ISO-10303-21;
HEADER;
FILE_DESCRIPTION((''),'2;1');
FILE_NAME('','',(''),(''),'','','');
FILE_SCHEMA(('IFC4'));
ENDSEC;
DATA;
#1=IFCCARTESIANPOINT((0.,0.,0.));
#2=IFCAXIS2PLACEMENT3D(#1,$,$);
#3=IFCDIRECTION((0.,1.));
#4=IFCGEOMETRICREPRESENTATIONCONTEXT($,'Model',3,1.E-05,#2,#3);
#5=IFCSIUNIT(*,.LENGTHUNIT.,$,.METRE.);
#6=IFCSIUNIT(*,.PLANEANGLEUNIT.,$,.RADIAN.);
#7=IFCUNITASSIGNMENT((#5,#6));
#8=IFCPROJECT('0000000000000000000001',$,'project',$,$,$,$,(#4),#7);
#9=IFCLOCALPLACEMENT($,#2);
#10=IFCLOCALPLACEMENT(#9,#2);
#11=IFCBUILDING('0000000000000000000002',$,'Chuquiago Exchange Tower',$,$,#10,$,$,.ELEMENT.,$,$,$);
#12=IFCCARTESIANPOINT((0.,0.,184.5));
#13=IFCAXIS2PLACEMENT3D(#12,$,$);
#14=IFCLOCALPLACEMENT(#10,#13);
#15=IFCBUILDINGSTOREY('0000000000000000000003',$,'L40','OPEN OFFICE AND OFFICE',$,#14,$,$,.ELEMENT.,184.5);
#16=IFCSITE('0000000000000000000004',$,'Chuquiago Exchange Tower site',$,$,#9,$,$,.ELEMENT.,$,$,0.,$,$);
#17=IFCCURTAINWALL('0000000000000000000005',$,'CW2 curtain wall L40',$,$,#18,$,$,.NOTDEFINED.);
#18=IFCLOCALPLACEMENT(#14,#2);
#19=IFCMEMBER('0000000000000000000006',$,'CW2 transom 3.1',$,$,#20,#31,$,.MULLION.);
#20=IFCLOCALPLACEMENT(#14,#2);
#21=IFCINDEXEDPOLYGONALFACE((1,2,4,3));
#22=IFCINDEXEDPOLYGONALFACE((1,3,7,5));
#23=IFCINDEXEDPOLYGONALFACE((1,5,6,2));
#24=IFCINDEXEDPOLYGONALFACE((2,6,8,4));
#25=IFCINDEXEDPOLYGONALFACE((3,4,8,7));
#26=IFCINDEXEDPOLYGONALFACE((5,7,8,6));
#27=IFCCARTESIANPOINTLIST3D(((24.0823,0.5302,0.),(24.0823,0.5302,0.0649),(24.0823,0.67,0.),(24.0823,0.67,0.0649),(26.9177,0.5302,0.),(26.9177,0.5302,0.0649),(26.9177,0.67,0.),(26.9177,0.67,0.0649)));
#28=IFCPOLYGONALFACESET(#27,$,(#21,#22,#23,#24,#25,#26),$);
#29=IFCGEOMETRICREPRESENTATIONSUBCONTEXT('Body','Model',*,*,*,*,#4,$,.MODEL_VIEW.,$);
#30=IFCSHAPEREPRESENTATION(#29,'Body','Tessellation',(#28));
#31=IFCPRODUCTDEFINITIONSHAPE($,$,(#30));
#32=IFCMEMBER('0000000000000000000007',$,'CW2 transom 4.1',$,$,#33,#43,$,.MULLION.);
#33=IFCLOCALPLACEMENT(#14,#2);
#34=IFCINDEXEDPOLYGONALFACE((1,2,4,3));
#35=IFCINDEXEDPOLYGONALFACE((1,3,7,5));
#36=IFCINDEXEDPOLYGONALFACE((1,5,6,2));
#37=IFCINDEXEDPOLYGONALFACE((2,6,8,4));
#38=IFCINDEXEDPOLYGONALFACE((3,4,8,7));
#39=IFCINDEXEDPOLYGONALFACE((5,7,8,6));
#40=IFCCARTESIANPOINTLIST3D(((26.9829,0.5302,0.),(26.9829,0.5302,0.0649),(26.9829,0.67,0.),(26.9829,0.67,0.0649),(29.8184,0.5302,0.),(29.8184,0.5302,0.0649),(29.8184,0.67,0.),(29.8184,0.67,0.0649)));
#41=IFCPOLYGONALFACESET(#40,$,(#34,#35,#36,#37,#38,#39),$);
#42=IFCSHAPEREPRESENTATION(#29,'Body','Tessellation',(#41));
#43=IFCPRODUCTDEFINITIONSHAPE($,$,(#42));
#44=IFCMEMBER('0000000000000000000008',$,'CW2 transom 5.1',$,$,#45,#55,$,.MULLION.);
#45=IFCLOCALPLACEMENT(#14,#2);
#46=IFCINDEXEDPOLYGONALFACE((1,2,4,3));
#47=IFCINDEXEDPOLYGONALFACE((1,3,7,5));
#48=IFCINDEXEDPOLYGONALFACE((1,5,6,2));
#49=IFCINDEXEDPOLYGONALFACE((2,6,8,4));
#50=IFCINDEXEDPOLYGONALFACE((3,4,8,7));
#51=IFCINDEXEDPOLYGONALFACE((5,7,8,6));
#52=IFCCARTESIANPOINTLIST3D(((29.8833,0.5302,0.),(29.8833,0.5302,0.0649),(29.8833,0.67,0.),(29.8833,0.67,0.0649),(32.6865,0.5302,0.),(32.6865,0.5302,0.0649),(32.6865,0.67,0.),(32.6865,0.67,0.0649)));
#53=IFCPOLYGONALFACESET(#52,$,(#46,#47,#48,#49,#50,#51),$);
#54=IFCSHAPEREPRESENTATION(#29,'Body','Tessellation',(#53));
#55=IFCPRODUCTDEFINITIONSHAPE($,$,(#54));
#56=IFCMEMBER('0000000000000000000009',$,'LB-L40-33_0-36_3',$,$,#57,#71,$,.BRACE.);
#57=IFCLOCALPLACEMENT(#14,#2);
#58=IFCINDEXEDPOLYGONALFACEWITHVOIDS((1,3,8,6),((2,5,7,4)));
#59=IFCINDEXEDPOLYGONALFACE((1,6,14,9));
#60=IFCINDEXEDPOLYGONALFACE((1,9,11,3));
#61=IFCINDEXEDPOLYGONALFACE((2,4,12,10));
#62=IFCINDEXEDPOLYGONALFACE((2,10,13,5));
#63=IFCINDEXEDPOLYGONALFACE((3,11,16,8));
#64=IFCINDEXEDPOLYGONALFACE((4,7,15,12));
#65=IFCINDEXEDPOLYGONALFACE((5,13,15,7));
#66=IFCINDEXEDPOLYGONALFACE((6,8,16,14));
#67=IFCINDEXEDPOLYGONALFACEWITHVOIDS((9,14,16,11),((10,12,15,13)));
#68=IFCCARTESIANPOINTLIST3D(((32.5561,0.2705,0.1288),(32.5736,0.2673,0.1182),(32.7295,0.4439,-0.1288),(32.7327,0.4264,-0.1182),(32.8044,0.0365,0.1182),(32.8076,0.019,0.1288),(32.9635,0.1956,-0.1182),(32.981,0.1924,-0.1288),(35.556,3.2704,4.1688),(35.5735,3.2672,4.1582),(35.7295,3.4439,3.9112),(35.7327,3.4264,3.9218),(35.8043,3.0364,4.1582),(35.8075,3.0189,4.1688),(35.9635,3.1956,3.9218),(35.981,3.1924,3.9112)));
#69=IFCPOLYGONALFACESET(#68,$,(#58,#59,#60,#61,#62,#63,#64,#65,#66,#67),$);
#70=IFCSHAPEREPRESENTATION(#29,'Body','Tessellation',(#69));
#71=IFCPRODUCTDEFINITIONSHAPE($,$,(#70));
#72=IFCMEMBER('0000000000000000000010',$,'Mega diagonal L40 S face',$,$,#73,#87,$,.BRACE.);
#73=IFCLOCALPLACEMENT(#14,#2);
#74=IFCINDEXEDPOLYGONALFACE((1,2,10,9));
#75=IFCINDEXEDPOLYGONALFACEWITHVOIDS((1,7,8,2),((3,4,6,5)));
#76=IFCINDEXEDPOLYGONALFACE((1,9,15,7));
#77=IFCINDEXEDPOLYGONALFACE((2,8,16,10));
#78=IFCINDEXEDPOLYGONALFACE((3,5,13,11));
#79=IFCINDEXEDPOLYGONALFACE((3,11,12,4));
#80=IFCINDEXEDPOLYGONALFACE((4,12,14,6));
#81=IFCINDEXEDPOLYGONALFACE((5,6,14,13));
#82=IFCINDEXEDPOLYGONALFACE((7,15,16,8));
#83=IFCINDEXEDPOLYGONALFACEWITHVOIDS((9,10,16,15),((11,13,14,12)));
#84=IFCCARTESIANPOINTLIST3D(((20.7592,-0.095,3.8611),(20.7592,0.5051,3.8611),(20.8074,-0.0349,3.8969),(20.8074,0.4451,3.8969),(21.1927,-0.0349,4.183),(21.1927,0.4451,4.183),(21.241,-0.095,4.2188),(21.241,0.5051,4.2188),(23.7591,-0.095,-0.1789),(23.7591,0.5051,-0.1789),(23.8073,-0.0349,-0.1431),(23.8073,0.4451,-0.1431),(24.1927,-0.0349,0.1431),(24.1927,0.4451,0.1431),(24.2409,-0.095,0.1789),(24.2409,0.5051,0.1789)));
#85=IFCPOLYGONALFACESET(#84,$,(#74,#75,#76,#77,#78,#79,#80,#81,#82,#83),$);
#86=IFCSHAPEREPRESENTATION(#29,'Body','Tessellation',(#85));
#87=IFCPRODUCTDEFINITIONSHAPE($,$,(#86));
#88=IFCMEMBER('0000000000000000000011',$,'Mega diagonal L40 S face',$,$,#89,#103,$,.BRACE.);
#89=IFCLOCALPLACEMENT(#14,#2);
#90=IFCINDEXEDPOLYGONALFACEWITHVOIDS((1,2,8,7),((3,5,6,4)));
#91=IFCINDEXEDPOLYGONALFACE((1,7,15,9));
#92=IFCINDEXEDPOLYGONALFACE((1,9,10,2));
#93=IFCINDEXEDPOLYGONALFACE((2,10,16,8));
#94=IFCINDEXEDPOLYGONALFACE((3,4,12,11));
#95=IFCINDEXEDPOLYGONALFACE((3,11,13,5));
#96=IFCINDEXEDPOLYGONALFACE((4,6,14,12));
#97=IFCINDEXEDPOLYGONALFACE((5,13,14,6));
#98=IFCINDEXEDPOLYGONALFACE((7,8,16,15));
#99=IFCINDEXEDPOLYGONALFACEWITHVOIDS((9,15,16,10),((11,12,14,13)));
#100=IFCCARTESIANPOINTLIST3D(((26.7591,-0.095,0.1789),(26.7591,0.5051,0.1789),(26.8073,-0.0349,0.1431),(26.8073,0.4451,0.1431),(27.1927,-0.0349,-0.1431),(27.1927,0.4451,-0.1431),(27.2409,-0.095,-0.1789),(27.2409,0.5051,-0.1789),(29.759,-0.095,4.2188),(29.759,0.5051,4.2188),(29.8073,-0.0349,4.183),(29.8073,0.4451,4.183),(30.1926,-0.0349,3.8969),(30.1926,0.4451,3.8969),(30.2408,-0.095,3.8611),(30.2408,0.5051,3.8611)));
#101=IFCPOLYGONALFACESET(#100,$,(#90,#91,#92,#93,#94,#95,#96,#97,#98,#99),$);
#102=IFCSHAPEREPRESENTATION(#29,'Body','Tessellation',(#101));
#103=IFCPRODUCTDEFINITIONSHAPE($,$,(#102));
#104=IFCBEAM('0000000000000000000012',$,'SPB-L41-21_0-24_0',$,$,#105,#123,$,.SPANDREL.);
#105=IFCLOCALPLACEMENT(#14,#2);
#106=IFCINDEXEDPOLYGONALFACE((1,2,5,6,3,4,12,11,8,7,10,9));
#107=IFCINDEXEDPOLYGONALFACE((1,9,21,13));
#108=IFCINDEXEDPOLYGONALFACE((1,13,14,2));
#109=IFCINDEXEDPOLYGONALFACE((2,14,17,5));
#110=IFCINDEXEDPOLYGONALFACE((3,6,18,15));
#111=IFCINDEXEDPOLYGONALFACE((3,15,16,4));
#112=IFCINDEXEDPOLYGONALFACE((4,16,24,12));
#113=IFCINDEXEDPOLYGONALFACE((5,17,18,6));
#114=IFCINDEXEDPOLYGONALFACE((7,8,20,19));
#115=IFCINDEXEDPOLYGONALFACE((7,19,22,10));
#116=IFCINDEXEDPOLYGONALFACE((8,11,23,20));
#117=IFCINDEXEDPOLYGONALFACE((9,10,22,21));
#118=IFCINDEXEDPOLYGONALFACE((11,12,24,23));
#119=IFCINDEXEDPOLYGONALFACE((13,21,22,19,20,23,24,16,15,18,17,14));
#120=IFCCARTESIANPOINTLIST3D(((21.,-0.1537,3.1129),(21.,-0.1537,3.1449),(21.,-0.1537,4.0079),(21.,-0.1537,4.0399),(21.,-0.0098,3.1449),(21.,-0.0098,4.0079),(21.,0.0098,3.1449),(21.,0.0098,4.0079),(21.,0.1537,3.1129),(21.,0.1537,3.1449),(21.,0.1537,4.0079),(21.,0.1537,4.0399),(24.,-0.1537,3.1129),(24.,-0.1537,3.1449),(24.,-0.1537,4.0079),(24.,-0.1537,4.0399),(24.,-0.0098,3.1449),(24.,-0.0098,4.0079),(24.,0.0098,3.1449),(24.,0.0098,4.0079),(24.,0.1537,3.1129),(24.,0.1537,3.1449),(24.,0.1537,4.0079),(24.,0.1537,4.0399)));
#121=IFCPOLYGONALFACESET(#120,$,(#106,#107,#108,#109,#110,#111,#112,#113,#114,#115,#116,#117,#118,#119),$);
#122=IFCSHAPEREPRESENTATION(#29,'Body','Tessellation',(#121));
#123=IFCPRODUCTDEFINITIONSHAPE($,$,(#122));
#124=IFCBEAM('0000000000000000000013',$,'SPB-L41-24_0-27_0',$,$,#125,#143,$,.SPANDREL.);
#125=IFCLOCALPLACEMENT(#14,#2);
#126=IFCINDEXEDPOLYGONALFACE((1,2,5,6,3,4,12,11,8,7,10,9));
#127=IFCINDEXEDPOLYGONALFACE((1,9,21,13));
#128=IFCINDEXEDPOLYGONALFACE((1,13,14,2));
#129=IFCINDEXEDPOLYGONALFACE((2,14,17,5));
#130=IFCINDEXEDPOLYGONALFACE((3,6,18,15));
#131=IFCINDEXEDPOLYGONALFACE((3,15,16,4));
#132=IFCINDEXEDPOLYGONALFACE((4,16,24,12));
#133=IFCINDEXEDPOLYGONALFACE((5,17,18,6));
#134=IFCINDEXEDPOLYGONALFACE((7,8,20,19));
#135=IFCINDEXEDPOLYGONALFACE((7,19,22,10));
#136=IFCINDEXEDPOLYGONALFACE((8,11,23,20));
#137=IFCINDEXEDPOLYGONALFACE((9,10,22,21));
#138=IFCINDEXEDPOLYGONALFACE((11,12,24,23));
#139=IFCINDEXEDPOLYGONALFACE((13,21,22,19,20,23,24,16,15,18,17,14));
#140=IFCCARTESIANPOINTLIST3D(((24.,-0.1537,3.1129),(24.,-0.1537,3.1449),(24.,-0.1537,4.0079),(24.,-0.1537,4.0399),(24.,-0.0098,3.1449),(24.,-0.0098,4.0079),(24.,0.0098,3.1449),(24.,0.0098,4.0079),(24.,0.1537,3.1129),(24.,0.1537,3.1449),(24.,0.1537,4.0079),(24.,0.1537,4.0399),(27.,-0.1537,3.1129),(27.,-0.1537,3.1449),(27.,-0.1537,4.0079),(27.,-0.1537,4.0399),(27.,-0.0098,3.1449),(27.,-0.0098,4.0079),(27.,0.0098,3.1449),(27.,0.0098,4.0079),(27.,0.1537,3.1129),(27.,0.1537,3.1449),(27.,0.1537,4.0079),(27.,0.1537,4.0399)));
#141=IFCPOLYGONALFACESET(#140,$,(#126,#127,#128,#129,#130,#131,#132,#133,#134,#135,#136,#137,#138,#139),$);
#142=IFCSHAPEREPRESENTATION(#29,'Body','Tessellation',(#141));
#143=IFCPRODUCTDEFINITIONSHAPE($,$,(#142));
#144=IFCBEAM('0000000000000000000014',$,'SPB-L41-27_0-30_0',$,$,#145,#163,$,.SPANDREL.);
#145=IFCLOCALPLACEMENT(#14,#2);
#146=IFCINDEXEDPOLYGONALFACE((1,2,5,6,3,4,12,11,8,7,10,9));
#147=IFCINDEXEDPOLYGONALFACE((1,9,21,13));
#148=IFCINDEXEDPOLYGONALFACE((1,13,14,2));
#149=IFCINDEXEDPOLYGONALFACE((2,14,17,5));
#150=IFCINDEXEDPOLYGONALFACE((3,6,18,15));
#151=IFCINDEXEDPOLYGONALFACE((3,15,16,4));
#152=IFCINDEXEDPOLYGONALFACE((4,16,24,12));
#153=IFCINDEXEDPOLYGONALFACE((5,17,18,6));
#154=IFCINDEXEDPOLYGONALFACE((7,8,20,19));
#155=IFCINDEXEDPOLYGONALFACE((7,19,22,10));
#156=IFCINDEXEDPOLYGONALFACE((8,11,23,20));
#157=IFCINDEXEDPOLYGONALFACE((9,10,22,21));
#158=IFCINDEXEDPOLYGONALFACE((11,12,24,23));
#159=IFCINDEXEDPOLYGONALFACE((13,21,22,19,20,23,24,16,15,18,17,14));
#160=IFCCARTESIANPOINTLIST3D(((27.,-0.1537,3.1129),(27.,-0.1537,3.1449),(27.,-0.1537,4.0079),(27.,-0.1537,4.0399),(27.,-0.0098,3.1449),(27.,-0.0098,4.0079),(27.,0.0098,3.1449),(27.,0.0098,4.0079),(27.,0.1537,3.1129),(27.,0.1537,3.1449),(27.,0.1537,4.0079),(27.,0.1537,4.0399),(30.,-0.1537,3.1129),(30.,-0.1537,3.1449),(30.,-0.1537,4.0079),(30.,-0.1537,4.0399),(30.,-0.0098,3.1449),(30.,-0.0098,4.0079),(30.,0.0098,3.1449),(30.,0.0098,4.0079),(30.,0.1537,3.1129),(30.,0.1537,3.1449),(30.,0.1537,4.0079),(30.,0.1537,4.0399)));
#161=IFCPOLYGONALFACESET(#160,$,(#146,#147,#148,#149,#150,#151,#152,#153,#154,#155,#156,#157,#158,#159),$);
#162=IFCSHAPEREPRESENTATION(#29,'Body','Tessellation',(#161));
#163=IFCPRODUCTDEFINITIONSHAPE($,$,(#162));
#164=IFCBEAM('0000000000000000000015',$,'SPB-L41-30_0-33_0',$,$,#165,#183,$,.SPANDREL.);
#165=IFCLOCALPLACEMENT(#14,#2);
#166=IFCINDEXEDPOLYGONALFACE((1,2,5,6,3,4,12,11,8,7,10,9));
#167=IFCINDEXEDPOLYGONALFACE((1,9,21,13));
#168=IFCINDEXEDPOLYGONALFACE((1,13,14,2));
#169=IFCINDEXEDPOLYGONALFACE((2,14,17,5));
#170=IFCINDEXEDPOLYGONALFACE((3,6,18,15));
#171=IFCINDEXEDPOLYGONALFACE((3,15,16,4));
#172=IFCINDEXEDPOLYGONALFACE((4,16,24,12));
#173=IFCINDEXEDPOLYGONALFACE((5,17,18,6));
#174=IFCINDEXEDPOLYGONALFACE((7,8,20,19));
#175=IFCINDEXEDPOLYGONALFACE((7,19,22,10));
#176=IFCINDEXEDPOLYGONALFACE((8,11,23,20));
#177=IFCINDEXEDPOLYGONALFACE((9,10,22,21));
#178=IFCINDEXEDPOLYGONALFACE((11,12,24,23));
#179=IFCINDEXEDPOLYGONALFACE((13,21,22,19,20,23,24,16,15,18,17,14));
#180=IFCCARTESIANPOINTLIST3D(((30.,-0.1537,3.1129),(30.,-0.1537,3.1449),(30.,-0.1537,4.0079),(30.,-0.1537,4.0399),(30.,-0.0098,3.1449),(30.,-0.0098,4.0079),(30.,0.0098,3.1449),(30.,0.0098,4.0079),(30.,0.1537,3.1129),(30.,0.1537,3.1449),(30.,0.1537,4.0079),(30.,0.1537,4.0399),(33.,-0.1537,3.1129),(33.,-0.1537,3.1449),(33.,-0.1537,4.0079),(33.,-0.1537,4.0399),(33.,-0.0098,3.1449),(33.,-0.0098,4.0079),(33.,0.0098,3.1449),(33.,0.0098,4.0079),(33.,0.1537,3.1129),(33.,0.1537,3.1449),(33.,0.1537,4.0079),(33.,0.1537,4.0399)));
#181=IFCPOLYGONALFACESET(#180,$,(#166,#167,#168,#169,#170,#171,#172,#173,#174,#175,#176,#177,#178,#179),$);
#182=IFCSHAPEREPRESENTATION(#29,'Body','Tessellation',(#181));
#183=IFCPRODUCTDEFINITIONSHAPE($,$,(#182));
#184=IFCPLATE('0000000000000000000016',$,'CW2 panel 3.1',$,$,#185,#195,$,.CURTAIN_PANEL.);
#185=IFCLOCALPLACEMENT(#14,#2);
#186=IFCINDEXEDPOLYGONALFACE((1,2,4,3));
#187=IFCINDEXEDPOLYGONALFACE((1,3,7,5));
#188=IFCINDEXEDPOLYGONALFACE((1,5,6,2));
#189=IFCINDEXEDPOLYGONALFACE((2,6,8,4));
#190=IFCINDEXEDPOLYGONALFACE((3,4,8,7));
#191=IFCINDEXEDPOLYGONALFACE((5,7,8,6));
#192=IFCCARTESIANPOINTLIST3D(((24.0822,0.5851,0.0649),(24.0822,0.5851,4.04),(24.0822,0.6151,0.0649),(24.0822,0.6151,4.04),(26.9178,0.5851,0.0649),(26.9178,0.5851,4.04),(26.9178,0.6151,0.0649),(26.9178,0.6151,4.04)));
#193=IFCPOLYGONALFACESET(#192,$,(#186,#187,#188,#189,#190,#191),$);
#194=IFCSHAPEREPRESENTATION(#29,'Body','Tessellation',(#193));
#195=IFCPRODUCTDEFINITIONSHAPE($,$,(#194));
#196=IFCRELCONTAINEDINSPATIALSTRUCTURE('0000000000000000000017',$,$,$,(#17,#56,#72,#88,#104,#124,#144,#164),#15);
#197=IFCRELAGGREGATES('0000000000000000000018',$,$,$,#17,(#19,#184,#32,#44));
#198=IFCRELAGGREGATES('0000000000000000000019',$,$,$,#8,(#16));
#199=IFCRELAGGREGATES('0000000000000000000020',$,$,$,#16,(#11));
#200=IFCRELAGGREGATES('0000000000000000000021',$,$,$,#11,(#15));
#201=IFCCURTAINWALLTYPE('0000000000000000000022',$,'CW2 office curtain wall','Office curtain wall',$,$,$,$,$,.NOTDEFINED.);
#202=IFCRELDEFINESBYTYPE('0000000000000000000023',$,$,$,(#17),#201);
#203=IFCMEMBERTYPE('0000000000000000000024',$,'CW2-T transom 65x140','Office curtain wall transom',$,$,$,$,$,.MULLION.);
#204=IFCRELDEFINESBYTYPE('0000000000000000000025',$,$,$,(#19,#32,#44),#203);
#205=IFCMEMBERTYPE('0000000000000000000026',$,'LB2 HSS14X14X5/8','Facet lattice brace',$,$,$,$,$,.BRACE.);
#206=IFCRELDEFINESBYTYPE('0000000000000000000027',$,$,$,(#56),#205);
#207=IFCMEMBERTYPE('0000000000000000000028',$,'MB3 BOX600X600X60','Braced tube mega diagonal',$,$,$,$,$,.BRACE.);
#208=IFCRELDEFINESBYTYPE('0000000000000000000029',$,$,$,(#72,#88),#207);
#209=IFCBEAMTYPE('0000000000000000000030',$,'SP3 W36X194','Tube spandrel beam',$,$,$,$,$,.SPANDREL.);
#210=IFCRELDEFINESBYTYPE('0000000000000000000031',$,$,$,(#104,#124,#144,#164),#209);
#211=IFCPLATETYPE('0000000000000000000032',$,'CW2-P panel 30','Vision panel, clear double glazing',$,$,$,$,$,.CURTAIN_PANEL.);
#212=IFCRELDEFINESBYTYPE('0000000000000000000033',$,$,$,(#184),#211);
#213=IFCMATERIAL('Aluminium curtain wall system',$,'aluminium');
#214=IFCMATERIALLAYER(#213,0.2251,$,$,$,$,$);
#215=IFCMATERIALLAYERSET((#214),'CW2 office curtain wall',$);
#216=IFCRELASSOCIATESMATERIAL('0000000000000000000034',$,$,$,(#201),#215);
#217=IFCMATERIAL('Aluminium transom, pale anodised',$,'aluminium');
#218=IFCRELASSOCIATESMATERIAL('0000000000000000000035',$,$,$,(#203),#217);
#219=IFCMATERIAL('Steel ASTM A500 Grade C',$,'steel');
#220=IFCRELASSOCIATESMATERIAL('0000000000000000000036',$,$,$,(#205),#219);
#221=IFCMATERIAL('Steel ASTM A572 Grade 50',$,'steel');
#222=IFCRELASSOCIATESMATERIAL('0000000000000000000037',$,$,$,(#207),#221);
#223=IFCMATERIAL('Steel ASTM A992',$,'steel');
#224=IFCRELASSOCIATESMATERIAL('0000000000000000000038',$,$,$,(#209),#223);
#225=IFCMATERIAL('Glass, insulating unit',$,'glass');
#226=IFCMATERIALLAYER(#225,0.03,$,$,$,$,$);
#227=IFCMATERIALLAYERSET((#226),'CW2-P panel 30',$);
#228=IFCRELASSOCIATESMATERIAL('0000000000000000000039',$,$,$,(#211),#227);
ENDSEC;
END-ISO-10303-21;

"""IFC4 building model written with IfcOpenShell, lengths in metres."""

from ifc_helpers import new_model, si_unit, direction, frame, origin, origin_2d, place, context, subcontext, project, spatial, rectangle, hollow_rectangle, i_section, extrude, material, layer, layer_set, material_profile, profile_set, type_object, element, aggregate, save


model = new_model("IFC4")

# Units and contexts
model_context = context("Model", 3, precision=1e-05, world=origin(), true_north=direction((0.0, 1.0)))
body_context = subcontext(model_context, "Body", "Model", "MODEL_VIEW")
ifc_project = project(units=[si_unit("LENGTHUNIT", "METRE"), si_unit("PLANEANGLEUNIT", "RADIAN")], contexts=[model_context])

# Site, building, storey
site_placement = place(None, origin())
site = spatial("IfcSite", under=ifc_project, at=site_placement, Name="Chuquiago Exchange Tower site", CompositionType="ELEMENT", RefElevation=0.0)
building_placement = place(site_placement, origin())
building = spatial("IfcBuilding", under=site, at=building_placement, Name="Chuquiago Exchange Tower", CompositionType="ELEMENT")
storey_placement = place(building_placement, frame((0.0, 0.0, 184.5)))
storey = spatial("IfcBuildingStorey", under=building, at=storey_placement, Name="L40", Description="OPEN OFFICE AND OFFICE", CompositionType="ELEMENT", Elevation=184.5)

# Curtain wall, members
ifc_material_1 = material(Name="Aluminium curtain wall system", Category="aluminium")
ifc_layer_1 = layer(ifc_material_1, 0.2251)
ifc_layer_set_1 = layer_set([ifc_layer_1], Name="CW2 office curtain wall")
curtain_wall_type = type_object("IfcCurtainWallType", Name="CW2 office curtain wall", Description="Office curtain wall", PredefinedType="NOTDEFINED", material=ifc_layer_set_1)
curtain_wall_placement = place(storey_placement, origin())
curtain_wall = element("IfcCurtainWall", 1, at=curtain_wall_placement, inside=storey, type_object=curtain_wall_type, Name="CW2 curtain wall L40", PredefinedType="NOTDEFINED")
ifc_material_2 = material(Name="Aluminium transom, pale anodised", Category="aluminium")
ifc_material_profile_1 = material_profile(ifc_material_2, rectangle(XDim=0.1399, YDim=0.0649, at=origin_2d()), Name="AL 140x65")
ifc_profile_set_1 = profile_set([ifc_material_profile_1], Name="Aluminium transom, pale anodised")
member_type_1 = type_object("IfcMemberType", Name="CW2-T transom 65x140", Description="Office curtain wall transom", PredefinedType="MULLION", material=ifc_profile_set_1)
member_1_placement = place(storey_placement, frame((24.0823, 0.6001, 0.0325), z_axis=(1.0, 0.0, 0.0), x_axis=(0.0, 1.0, 0.0)))
member_1 = element("IfcMember", 2, at=member_1_placement, type_object=member_type_1, Name="CW2 transom 3.1", PredefinedType="MULLION", context=body_context, shape_type="SweptSolid", body=[
    extrude(rectangle(XDim=0.1399, YDim=0.0649, at=origin_2d()), origin(), (0.0, 0.0, 1.0), 2.8354),
])
member_2_placement = place(storey_placement, frame((26.9829, 0.6001, 0.0325), z_axis=(1.0, 0.0, 0.0), x_axis=(0.0, 1.0, 0.0)))
member_2 = element("IfcMember", 3, at=member_2_placement, type_object=member_type_1, Name="CW2 transom 4.1", PredefinedType="MULLION", context=body_context, shape_type="SweptSolid", body=[
    extrude(rectangle(XDim=0.1399, YDim=0.0649, at=origin_2d()), origin(), (0.0, 0.0, 1.0), 2.8354),
])
member_3_placement = place(storey_placement, frame((29.8833, 0.6001, 0.0325), z_axis=(1.0, 0.0, 0.0), x_axis=(0.0, 1.0, 0.0)))
member_3 = element("IfcMember", 4, at=member_3_placement, type_object=member_type_1, Name="CW2 transom 5.1", PredefinedType="MULLION", context=body_context, shape_type="SweptSolid", body=[
    extrude(rectangle(XDim=0.1399, YDim=0.0649, at=origin_2d()), origin(), (0.0, 0.0, 1.0), 2.8032),
])

# Members
ifc_material_3 = material(Name="Steel ASTM A500 Grade C", Category="steel")
ifc_material_profile_2 = material_profile(ifc_material_3, hollow_rectangle(XDim=0.3557, YDim=0.3557, WallThickness=0.0146, at=origin_2d()), Name="HSS14X14X5/8")
ifc_profile_set_2 = profile_set([ifc_material_profile_2], Name="Steel ASTM A500 Grade C")
member_type_2 = type_object("IfcMemberType", Name="LB2 HSS14X14X5/8", Description="Facet lattice brace", PredefinedType="BRACE", material=ifc_profile_set_2)
member_4_placement = place(storey_placement, frame((32.7686, 0.2314, 0.0), z_axis=(0.512077, 0.512077, 0.689604), x_axis=(-0.707107, 0.707107, 0.0)))
element("IfcMember", 5, at=member_4_placement, inside=storey, type_object=member_type_2, Name="LB-L40-33_0-36_3", PredefinedType="BRACE", context=body_context, shape_type="SweptSolid", body=[
    extrude(hollow_rectangle(XDim=0.3557, YDim=0.3557, WallThickness=0.0146, at=origin_2d()), origin(), (0.0, 0.0, 1.0), 5.8584),
])
ifc_material_4 = material(Name="Steel ASTM A572 Grade 50", Category="steel")
ifc_material_profile_3 = material_profile(ifc_material_4, hollow_rectangle(XDim=0.6001, YDim=0.6001, WallThickness=0.0601, at=origin_2d()), Name="BOX600X600X60")
ifc_profile_set_3 = profile_set([ifc_material_profile_3], Name="Steel ASTM A572 Grade 50")
member_type_3 = type_object("IfcMemberType", Name="MB3 BOX600X600X60", Description="Braced tube mega diagonal", PredefinedType="BRACE", material=ifc_profile_set_3)
for number, where, z_axis, x_axis, name in (
    (6, (24.0, 0.2051, 0.0), (-0.596174, 0.0, 0.802855), (0.0, -1.0, 0.0), "Mega diagonal L40 S face"),
    (7, (27.0, 0.2051, 0.0), (0.596174, 0.0, 0.802855), (0.0, 1.0, 0.0), "Mega diagonal L40 S face"),
):
    element("IfcMember", number, at=place(storey_placement, frame(where, z_axis=z_axis, x_axis=x_axis)), inside=storey, type_object=member_type_3, Name=name, PredefinedType="BRACE", context=body_context, shape_type="SweptSolid", body=[
        extrude(hollow_rectangle(XDim=0.6001, YDim=0.6001, WallThickness=0.0601, at=origin_2d()), origin(), (0.0, 0.0, 1.0), 5.032),
    ])

# Beams
ifc_material_5 = material(Name="Steel ASTM A992", Category="steel")
ifc_material_profile_4 = material_profile(ifc_material_5, i_section(OverallWidth=0.3074, OverallDepth=0.927, WebThickness=0.0195, FlangeThickness=0.032, at=origin_2d()), Name="W36X194")
ifc_profile_set_4 = profile_set([ifc_material_profile_4], Name="Steel ASTM A992")
beam_type = type_object("IfcBeamType", Name="SP3 W36X194", Description="Tube spandrel beam", PredefinedType="SPANDREL", material=ifc_profile_set_4)
for number, where, z_axis, x_axis, name in (
    (8, (21.0, 0.0, 3.5764), (1.0, 0.0, 0.0), (0.0, 1.0, 0.0), "SPB-L41-21_0-24_0"),
    (9, (24.0, 0.0, 3.5764), (1.0, 0.0, 0.0), (0.0, 1.0, 0.0), "SPB-L41-24_0-27_0"),
    (10, (27.0, 0.0, 3.5764), (1.0, 0.0, 0.0), (0.0, 1.0, 0.0), "SPB-L41-27_0-30_0"),
    (11, (30.0, 0.0, 3.5764), (1.0, 0.0, 0.0), (0.0, 1.0, 0.0), "SPB-L41-30_0-33_0"),
):
    element("IfcBeam", number, at=place(storey_placement, frame(where, z_axis=z_axis, x_axis=x_axis)), inside=storey, type_object=beam_type, Name=name, PredefinedType="SPANDREL", context=body_context, shape_type="SweptSolid", body=[
        extrude(i_section(OverallWidth=0.3074, OverallDepth=0.927, WebThickness=0.0195, FlangeThickness=0.032, at=origin_2d()), origin(), (0.0, 0.0, 1.0), 3.0),
    ])

# Plate
ifc_material_6 = material(Name="Glass, insulating unit", Category="glass")
ifc_layer_2 = layer(ifc_material_6, 0.03)
ifc_layer_set_2 = layer_set([ifc_layer_2], Name="CW2-P panel 30")
plate_type_1 = type_object("IfcPlateType", Name="CW2-P panel 30", Description="Vision panel, clear double glazing", PredefinedType="CURTAIN_PANEL", material=ifc_layer_set_2)
plate_1_placement = place(storey_placement, frame((25.5, 0.6001, 0.0649), z_axis=(0.0, 0.0, 1.0), x_axis=(1.0, 0.0, 0.0)))
plate_1 = element("IfcPlate", 12, at=plate_1_placement, type_object=plate_type_1, Name="CW2 panel 3.1", PredefinedType="CURTAIN_PANEL", context=body_context, shape_type="SweptSolid", body=[
    extrude(rectangle(XDim=2.8357, YDim=0.03, at=origin_2d()), origin(), (0.0, 0.0, 1.0), 3.9751),
])
aggregate(curtain_wall, [member_1, plate_1, member_2, member_3])

save(model, "model.ifc")
